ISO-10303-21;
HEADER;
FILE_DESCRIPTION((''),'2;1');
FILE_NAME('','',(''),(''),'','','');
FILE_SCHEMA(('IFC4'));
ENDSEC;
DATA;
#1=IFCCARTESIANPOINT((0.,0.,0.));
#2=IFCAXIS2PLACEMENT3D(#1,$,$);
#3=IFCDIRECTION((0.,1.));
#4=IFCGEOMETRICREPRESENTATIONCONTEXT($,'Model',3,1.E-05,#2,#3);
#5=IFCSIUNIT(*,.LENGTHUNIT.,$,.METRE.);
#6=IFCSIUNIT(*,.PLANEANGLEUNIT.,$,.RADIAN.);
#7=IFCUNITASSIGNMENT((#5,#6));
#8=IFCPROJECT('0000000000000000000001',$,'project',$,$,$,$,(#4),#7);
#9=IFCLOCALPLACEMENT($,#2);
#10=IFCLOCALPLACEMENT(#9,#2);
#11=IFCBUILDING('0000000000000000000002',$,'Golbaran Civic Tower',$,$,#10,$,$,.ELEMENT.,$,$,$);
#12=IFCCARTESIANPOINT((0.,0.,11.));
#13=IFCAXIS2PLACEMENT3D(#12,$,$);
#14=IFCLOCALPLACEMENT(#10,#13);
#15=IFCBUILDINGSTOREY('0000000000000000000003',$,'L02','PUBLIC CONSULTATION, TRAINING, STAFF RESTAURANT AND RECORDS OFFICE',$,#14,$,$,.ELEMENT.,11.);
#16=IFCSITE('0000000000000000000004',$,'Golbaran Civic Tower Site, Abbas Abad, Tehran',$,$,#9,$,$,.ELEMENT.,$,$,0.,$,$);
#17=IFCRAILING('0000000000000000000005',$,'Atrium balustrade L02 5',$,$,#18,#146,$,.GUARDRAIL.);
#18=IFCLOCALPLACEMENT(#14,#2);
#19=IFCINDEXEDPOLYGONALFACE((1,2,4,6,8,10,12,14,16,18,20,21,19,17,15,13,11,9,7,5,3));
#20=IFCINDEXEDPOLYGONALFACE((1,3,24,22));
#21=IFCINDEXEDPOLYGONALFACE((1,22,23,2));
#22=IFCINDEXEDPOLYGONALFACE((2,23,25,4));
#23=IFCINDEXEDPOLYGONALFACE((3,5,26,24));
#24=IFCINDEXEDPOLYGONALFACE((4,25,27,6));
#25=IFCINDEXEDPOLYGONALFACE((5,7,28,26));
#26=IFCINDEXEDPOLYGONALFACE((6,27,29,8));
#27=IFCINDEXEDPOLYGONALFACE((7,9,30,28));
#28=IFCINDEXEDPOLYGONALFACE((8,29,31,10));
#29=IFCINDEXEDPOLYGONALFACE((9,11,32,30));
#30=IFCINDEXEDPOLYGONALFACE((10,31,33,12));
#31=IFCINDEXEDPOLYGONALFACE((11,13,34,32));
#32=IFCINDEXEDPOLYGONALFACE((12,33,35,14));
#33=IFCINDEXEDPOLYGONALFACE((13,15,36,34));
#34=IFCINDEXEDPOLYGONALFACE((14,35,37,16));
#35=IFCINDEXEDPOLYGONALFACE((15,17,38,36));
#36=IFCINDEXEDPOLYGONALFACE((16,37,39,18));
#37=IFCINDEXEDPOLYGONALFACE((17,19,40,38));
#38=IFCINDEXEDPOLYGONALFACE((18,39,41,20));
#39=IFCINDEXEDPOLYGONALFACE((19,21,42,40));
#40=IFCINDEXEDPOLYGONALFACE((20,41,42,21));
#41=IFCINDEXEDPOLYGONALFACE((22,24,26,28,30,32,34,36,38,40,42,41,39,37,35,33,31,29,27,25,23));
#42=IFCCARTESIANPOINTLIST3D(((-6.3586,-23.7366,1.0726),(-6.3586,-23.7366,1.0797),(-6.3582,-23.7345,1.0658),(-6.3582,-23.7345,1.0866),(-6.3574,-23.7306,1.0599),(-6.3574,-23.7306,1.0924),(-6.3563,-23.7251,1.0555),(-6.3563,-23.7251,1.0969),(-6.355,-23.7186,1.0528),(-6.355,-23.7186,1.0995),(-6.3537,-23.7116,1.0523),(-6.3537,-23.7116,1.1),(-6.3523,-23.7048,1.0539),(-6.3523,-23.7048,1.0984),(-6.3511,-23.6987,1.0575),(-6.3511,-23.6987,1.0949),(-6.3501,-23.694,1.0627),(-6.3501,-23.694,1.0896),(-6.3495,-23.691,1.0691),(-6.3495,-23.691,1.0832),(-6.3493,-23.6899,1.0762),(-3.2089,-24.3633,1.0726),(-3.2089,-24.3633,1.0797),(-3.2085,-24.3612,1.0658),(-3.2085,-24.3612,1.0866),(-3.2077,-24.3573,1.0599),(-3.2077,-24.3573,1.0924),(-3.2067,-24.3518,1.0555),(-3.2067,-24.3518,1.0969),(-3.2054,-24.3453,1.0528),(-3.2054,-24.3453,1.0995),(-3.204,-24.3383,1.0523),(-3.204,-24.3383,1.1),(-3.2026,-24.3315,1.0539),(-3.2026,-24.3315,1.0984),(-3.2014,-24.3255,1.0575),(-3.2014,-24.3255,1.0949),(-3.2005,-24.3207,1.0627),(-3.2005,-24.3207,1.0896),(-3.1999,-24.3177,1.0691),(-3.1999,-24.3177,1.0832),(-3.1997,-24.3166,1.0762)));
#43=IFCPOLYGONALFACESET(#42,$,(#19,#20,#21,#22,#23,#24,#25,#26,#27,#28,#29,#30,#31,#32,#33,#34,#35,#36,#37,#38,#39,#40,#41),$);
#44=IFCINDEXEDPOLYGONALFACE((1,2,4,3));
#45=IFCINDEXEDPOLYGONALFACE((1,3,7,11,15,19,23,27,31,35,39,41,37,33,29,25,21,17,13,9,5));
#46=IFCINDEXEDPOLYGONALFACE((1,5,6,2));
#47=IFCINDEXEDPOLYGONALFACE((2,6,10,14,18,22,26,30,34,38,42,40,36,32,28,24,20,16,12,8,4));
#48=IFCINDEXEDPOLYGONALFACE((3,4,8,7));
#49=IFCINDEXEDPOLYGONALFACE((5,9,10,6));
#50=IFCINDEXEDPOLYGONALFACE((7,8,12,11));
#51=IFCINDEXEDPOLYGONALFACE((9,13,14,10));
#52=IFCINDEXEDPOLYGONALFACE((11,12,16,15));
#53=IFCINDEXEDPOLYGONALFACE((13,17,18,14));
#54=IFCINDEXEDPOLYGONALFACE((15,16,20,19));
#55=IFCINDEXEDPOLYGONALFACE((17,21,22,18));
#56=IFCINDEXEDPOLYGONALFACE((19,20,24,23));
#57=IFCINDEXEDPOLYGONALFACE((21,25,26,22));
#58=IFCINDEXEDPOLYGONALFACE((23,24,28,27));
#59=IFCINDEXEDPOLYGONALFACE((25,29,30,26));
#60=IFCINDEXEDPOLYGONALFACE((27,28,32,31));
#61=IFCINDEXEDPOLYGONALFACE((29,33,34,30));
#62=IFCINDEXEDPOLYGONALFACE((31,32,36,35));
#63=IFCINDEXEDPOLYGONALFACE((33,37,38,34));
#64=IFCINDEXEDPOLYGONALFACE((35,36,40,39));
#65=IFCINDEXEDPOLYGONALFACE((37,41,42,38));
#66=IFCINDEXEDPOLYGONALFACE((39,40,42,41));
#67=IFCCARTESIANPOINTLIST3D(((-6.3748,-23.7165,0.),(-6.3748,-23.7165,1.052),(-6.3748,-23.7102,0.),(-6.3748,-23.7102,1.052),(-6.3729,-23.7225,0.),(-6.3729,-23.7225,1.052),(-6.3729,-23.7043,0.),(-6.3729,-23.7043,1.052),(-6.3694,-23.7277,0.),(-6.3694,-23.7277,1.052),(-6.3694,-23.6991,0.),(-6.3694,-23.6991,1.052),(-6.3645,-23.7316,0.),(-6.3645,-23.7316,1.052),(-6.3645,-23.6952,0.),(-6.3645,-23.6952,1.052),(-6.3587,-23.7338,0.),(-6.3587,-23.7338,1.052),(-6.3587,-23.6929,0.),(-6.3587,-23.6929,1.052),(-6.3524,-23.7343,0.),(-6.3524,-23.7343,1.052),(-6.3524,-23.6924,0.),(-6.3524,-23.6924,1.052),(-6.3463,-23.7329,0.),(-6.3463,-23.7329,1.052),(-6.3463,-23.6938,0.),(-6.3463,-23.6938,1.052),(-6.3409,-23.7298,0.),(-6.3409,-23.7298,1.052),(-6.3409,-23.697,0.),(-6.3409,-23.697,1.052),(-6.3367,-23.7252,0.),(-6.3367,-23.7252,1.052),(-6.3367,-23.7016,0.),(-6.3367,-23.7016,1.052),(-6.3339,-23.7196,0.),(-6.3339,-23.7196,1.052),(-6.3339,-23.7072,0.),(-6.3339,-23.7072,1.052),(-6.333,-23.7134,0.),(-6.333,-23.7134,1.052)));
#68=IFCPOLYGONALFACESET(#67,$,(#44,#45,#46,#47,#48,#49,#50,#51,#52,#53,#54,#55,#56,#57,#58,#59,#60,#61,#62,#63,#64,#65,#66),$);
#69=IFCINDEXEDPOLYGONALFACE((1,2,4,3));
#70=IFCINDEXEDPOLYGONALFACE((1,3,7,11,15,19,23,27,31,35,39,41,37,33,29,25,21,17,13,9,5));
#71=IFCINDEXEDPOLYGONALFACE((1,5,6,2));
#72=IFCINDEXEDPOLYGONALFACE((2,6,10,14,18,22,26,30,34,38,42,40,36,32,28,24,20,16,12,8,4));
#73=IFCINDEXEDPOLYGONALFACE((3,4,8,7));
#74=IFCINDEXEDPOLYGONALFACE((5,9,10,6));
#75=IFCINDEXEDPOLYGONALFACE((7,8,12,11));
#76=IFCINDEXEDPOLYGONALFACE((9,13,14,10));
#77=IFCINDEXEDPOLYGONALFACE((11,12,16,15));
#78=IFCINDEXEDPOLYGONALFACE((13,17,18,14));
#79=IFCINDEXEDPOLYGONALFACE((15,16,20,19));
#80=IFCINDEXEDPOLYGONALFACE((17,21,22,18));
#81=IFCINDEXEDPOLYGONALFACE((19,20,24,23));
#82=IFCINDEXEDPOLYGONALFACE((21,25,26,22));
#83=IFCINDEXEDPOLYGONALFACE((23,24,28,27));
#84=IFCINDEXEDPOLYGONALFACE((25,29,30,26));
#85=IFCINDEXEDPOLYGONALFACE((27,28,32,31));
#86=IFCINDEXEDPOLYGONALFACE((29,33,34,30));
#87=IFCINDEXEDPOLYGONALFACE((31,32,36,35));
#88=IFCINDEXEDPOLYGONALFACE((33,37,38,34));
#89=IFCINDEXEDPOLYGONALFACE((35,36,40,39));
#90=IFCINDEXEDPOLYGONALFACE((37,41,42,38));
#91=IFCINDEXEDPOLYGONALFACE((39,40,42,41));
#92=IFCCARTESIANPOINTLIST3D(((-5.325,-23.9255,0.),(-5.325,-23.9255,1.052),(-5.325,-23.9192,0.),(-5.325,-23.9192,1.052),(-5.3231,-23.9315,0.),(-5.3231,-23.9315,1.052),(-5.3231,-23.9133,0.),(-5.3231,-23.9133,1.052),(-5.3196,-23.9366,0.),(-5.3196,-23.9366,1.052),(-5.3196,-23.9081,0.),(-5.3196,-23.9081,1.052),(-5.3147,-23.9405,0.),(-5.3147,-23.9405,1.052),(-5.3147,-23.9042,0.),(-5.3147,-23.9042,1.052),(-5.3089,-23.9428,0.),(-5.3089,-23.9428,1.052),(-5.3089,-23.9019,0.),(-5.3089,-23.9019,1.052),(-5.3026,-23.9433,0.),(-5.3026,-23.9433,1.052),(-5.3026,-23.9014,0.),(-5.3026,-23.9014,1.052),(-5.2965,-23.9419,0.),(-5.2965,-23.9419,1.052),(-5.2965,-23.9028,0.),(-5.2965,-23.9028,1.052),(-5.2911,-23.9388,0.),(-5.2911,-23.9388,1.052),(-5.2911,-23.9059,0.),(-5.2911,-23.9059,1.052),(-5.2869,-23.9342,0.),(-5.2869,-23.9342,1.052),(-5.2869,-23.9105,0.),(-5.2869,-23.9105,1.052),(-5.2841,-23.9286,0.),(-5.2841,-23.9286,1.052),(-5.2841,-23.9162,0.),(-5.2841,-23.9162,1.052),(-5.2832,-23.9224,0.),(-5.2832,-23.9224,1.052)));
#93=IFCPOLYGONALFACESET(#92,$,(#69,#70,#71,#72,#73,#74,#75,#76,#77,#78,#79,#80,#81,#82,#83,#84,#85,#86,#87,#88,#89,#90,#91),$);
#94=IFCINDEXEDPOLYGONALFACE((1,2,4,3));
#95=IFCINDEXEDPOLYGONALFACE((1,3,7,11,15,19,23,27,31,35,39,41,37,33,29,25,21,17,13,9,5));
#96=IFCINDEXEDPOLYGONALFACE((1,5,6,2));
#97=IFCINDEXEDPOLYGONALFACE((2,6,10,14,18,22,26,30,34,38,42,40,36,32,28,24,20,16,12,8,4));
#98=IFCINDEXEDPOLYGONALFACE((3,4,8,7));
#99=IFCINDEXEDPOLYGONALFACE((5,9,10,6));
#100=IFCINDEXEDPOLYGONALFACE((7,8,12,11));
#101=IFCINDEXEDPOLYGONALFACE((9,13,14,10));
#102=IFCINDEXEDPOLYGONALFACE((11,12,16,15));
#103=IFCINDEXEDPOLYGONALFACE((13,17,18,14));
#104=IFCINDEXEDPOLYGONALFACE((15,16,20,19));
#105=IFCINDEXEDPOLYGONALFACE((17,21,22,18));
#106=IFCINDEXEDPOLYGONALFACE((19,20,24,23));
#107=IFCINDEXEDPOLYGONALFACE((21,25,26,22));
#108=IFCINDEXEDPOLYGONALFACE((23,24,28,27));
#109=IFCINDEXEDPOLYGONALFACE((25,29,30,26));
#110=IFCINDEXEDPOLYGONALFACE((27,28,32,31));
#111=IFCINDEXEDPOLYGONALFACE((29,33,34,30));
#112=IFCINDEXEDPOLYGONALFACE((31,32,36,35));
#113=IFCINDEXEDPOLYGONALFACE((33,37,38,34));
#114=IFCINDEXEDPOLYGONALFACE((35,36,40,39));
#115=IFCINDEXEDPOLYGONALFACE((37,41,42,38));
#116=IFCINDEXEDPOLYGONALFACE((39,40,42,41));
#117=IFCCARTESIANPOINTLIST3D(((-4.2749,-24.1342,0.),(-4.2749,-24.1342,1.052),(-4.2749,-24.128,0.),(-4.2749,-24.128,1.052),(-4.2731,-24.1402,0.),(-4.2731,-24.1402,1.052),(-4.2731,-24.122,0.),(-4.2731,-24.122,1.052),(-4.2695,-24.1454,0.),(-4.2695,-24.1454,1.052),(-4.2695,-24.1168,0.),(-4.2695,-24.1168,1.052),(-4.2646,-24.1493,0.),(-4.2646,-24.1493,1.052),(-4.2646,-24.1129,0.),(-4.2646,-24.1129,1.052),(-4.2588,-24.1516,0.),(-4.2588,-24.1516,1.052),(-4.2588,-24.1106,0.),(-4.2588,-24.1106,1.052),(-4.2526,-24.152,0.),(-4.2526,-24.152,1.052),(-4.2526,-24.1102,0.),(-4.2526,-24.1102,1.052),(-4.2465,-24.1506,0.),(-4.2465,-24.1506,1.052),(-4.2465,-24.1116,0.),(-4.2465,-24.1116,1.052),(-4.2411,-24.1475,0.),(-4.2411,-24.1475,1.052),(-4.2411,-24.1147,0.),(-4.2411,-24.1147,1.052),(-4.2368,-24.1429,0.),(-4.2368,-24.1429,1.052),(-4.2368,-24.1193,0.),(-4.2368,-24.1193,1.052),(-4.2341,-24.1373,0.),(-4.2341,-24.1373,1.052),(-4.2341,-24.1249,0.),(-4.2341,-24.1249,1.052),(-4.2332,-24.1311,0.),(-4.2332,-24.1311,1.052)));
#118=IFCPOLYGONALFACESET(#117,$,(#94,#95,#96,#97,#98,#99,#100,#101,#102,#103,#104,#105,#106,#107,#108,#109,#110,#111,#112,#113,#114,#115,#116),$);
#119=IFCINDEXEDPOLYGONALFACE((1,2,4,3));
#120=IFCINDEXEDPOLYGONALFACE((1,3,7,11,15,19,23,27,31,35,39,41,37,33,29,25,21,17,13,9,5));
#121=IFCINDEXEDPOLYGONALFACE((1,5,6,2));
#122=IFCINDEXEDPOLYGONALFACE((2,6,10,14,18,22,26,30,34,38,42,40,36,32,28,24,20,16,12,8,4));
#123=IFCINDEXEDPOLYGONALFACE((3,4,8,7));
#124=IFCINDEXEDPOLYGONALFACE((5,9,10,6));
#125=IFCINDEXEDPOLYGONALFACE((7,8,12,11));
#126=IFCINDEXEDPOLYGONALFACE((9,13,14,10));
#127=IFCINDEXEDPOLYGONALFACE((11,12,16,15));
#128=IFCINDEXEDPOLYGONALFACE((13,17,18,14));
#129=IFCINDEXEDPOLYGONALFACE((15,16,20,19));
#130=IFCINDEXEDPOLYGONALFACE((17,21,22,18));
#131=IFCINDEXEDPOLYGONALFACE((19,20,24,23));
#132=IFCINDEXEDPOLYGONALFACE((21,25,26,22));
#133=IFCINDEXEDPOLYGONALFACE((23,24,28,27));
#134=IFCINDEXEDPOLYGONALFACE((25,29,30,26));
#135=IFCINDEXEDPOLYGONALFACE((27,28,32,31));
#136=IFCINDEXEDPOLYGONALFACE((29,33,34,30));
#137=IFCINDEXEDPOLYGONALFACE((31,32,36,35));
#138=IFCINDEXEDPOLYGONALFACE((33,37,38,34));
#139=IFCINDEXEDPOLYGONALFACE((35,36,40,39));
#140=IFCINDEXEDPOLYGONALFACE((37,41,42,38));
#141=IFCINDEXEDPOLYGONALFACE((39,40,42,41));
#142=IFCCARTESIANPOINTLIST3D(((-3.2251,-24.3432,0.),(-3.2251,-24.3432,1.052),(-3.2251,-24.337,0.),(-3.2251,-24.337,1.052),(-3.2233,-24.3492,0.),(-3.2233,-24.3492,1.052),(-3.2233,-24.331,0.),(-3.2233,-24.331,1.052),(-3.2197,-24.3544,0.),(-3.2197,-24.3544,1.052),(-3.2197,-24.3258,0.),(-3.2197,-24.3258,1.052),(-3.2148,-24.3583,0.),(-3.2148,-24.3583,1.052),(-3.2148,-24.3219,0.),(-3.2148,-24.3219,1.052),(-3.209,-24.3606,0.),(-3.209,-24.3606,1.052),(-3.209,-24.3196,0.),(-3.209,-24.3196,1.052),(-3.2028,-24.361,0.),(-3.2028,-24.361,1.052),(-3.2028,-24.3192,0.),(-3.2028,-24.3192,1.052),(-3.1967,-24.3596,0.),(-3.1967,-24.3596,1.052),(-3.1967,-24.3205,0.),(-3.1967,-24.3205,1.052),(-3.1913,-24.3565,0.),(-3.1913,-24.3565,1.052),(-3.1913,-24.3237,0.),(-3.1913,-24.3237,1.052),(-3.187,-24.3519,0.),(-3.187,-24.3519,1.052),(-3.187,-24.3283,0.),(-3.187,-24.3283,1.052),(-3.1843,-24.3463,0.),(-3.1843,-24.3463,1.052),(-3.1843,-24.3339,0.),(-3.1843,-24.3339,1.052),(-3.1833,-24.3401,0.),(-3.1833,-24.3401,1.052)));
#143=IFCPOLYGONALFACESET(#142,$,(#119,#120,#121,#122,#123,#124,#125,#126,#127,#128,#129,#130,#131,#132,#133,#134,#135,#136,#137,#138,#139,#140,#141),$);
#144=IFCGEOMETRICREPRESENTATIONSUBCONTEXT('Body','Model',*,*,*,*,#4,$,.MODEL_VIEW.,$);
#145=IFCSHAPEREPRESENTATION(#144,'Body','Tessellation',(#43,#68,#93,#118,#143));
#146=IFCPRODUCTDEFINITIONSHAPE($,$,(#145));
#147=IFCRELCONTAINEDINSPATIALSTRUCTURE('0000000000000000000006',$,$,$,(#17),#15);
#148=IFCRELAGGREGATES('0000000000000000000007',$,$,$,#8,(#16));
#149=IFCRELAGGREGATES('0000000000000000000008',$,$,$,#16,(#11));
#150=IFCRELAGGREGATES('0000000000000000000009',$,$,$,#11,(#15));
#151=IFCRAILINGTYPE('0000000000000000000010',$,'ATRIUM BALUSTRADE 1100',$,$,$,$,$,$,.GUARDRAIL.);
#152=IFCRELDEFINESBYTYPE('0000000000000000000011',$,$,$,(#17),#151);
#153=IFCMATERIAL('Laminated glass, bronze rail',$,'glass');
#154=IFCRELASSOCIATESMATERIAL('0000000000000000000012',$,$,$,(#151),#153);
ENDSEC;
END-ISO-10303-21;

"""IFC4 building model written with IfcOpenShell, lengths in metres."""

from ifc_helpers import new_model, si_unit, direction, frame, origin, origin_2d, place, context, subcontext, project, spatial, circle, extrude, material, type_object, element, save


model = new_model("IFC4")

# Units and contexts
model_context = context("Model", 3, precision=1e-05, world=origin(), true_north=direction((0.0, 1.0)))
body_context = subcontext(model_context, "Body", "Model", "MODEL_VIEW")
ifc_project = project(units=[si_unit("LENGTHUNIT", "METRE"), si_unit("PLANEANGLEUNIT", "RADIAN")], contexts=[model_context])

# Site, building, storey
site_placement = place(None, origin())
site = spatial("IfcSite", under=ifc_project, at=site_placement, Name="Golbaran Civic Tower Site, Abbas Abad, Tehran", CompositionType="ELEMENT", RefElevation=0.0)
building_placement = place(site_placement, origin())
building = spatial("IfcBuilding", under=site, at=building_placement, Name="Golbaran Civic Tower", CompositionType="ELEMENT")
storey_placement = place(building_placement, frame((0.0, 0.0, 11.0)))
storey = spatial("IfcBuildingStorey", under=building, at=storey_placement, Name="L02", Description="PUBLIC CONSULTATION, TRAINING, STAFF RESTAURANT AND RECORDS OFFICE", CompositionType="ELEMENT", Elevation=11.0)

# Railing
ifc_material_1 = material(Name="Laminated glass, bronze rail", Category="glass")
railing_type_1 = type_object("IfcRailingType", Name="ATRIUM BALUSTRADE 1100", PredefinedType="GUARDRAIL", material=ifc_material_1)
railing_1_placement = place(storey_placement, frame((-6.354, -23.7134, 0.0)))
element("IfcRailing", 1, at=railing_1_placement, inside=storey, type_object=railing_type_1, Name="Atrium balustrade L02 5", PredefinedType="GUARDRAIL", context=body_context, shape_type="SweptSolid", body=[
    extrude(circle(Radius=0.0239, at=origin_2d()), frame((0.0, 0.0, 1.0762), z_axis=(0.980773, -0.195151, 0.0), x_axis=(0.195151, 0.980773, 0.0)), (0.0, 0.0, 1.0), 3.2114),
    extrude(circle(Radius=0.021, at=origin_2d()), origin(), (0.0, 0.0, 1.0), 1.052),
    extrude(circle(Radius=0.021, at=origin_2d()), frame((1.0498, -0.209, 0.0)), (0.0, 0.0, 1.0), 1.052),
    extrude(circle(Radius=0.021, at=origin_2d()), frame((2.0999, -0.4177, 0.0)), (0.0, 0.0, 1.0), 1.052),
    extrude(circle(Radius=0.021, at=origin_2d()), frame((3.1497, -0.6267, 0.0)), (0.0, 0.0, 1.0), 1.052),
])

save(model, "model.ifc")
